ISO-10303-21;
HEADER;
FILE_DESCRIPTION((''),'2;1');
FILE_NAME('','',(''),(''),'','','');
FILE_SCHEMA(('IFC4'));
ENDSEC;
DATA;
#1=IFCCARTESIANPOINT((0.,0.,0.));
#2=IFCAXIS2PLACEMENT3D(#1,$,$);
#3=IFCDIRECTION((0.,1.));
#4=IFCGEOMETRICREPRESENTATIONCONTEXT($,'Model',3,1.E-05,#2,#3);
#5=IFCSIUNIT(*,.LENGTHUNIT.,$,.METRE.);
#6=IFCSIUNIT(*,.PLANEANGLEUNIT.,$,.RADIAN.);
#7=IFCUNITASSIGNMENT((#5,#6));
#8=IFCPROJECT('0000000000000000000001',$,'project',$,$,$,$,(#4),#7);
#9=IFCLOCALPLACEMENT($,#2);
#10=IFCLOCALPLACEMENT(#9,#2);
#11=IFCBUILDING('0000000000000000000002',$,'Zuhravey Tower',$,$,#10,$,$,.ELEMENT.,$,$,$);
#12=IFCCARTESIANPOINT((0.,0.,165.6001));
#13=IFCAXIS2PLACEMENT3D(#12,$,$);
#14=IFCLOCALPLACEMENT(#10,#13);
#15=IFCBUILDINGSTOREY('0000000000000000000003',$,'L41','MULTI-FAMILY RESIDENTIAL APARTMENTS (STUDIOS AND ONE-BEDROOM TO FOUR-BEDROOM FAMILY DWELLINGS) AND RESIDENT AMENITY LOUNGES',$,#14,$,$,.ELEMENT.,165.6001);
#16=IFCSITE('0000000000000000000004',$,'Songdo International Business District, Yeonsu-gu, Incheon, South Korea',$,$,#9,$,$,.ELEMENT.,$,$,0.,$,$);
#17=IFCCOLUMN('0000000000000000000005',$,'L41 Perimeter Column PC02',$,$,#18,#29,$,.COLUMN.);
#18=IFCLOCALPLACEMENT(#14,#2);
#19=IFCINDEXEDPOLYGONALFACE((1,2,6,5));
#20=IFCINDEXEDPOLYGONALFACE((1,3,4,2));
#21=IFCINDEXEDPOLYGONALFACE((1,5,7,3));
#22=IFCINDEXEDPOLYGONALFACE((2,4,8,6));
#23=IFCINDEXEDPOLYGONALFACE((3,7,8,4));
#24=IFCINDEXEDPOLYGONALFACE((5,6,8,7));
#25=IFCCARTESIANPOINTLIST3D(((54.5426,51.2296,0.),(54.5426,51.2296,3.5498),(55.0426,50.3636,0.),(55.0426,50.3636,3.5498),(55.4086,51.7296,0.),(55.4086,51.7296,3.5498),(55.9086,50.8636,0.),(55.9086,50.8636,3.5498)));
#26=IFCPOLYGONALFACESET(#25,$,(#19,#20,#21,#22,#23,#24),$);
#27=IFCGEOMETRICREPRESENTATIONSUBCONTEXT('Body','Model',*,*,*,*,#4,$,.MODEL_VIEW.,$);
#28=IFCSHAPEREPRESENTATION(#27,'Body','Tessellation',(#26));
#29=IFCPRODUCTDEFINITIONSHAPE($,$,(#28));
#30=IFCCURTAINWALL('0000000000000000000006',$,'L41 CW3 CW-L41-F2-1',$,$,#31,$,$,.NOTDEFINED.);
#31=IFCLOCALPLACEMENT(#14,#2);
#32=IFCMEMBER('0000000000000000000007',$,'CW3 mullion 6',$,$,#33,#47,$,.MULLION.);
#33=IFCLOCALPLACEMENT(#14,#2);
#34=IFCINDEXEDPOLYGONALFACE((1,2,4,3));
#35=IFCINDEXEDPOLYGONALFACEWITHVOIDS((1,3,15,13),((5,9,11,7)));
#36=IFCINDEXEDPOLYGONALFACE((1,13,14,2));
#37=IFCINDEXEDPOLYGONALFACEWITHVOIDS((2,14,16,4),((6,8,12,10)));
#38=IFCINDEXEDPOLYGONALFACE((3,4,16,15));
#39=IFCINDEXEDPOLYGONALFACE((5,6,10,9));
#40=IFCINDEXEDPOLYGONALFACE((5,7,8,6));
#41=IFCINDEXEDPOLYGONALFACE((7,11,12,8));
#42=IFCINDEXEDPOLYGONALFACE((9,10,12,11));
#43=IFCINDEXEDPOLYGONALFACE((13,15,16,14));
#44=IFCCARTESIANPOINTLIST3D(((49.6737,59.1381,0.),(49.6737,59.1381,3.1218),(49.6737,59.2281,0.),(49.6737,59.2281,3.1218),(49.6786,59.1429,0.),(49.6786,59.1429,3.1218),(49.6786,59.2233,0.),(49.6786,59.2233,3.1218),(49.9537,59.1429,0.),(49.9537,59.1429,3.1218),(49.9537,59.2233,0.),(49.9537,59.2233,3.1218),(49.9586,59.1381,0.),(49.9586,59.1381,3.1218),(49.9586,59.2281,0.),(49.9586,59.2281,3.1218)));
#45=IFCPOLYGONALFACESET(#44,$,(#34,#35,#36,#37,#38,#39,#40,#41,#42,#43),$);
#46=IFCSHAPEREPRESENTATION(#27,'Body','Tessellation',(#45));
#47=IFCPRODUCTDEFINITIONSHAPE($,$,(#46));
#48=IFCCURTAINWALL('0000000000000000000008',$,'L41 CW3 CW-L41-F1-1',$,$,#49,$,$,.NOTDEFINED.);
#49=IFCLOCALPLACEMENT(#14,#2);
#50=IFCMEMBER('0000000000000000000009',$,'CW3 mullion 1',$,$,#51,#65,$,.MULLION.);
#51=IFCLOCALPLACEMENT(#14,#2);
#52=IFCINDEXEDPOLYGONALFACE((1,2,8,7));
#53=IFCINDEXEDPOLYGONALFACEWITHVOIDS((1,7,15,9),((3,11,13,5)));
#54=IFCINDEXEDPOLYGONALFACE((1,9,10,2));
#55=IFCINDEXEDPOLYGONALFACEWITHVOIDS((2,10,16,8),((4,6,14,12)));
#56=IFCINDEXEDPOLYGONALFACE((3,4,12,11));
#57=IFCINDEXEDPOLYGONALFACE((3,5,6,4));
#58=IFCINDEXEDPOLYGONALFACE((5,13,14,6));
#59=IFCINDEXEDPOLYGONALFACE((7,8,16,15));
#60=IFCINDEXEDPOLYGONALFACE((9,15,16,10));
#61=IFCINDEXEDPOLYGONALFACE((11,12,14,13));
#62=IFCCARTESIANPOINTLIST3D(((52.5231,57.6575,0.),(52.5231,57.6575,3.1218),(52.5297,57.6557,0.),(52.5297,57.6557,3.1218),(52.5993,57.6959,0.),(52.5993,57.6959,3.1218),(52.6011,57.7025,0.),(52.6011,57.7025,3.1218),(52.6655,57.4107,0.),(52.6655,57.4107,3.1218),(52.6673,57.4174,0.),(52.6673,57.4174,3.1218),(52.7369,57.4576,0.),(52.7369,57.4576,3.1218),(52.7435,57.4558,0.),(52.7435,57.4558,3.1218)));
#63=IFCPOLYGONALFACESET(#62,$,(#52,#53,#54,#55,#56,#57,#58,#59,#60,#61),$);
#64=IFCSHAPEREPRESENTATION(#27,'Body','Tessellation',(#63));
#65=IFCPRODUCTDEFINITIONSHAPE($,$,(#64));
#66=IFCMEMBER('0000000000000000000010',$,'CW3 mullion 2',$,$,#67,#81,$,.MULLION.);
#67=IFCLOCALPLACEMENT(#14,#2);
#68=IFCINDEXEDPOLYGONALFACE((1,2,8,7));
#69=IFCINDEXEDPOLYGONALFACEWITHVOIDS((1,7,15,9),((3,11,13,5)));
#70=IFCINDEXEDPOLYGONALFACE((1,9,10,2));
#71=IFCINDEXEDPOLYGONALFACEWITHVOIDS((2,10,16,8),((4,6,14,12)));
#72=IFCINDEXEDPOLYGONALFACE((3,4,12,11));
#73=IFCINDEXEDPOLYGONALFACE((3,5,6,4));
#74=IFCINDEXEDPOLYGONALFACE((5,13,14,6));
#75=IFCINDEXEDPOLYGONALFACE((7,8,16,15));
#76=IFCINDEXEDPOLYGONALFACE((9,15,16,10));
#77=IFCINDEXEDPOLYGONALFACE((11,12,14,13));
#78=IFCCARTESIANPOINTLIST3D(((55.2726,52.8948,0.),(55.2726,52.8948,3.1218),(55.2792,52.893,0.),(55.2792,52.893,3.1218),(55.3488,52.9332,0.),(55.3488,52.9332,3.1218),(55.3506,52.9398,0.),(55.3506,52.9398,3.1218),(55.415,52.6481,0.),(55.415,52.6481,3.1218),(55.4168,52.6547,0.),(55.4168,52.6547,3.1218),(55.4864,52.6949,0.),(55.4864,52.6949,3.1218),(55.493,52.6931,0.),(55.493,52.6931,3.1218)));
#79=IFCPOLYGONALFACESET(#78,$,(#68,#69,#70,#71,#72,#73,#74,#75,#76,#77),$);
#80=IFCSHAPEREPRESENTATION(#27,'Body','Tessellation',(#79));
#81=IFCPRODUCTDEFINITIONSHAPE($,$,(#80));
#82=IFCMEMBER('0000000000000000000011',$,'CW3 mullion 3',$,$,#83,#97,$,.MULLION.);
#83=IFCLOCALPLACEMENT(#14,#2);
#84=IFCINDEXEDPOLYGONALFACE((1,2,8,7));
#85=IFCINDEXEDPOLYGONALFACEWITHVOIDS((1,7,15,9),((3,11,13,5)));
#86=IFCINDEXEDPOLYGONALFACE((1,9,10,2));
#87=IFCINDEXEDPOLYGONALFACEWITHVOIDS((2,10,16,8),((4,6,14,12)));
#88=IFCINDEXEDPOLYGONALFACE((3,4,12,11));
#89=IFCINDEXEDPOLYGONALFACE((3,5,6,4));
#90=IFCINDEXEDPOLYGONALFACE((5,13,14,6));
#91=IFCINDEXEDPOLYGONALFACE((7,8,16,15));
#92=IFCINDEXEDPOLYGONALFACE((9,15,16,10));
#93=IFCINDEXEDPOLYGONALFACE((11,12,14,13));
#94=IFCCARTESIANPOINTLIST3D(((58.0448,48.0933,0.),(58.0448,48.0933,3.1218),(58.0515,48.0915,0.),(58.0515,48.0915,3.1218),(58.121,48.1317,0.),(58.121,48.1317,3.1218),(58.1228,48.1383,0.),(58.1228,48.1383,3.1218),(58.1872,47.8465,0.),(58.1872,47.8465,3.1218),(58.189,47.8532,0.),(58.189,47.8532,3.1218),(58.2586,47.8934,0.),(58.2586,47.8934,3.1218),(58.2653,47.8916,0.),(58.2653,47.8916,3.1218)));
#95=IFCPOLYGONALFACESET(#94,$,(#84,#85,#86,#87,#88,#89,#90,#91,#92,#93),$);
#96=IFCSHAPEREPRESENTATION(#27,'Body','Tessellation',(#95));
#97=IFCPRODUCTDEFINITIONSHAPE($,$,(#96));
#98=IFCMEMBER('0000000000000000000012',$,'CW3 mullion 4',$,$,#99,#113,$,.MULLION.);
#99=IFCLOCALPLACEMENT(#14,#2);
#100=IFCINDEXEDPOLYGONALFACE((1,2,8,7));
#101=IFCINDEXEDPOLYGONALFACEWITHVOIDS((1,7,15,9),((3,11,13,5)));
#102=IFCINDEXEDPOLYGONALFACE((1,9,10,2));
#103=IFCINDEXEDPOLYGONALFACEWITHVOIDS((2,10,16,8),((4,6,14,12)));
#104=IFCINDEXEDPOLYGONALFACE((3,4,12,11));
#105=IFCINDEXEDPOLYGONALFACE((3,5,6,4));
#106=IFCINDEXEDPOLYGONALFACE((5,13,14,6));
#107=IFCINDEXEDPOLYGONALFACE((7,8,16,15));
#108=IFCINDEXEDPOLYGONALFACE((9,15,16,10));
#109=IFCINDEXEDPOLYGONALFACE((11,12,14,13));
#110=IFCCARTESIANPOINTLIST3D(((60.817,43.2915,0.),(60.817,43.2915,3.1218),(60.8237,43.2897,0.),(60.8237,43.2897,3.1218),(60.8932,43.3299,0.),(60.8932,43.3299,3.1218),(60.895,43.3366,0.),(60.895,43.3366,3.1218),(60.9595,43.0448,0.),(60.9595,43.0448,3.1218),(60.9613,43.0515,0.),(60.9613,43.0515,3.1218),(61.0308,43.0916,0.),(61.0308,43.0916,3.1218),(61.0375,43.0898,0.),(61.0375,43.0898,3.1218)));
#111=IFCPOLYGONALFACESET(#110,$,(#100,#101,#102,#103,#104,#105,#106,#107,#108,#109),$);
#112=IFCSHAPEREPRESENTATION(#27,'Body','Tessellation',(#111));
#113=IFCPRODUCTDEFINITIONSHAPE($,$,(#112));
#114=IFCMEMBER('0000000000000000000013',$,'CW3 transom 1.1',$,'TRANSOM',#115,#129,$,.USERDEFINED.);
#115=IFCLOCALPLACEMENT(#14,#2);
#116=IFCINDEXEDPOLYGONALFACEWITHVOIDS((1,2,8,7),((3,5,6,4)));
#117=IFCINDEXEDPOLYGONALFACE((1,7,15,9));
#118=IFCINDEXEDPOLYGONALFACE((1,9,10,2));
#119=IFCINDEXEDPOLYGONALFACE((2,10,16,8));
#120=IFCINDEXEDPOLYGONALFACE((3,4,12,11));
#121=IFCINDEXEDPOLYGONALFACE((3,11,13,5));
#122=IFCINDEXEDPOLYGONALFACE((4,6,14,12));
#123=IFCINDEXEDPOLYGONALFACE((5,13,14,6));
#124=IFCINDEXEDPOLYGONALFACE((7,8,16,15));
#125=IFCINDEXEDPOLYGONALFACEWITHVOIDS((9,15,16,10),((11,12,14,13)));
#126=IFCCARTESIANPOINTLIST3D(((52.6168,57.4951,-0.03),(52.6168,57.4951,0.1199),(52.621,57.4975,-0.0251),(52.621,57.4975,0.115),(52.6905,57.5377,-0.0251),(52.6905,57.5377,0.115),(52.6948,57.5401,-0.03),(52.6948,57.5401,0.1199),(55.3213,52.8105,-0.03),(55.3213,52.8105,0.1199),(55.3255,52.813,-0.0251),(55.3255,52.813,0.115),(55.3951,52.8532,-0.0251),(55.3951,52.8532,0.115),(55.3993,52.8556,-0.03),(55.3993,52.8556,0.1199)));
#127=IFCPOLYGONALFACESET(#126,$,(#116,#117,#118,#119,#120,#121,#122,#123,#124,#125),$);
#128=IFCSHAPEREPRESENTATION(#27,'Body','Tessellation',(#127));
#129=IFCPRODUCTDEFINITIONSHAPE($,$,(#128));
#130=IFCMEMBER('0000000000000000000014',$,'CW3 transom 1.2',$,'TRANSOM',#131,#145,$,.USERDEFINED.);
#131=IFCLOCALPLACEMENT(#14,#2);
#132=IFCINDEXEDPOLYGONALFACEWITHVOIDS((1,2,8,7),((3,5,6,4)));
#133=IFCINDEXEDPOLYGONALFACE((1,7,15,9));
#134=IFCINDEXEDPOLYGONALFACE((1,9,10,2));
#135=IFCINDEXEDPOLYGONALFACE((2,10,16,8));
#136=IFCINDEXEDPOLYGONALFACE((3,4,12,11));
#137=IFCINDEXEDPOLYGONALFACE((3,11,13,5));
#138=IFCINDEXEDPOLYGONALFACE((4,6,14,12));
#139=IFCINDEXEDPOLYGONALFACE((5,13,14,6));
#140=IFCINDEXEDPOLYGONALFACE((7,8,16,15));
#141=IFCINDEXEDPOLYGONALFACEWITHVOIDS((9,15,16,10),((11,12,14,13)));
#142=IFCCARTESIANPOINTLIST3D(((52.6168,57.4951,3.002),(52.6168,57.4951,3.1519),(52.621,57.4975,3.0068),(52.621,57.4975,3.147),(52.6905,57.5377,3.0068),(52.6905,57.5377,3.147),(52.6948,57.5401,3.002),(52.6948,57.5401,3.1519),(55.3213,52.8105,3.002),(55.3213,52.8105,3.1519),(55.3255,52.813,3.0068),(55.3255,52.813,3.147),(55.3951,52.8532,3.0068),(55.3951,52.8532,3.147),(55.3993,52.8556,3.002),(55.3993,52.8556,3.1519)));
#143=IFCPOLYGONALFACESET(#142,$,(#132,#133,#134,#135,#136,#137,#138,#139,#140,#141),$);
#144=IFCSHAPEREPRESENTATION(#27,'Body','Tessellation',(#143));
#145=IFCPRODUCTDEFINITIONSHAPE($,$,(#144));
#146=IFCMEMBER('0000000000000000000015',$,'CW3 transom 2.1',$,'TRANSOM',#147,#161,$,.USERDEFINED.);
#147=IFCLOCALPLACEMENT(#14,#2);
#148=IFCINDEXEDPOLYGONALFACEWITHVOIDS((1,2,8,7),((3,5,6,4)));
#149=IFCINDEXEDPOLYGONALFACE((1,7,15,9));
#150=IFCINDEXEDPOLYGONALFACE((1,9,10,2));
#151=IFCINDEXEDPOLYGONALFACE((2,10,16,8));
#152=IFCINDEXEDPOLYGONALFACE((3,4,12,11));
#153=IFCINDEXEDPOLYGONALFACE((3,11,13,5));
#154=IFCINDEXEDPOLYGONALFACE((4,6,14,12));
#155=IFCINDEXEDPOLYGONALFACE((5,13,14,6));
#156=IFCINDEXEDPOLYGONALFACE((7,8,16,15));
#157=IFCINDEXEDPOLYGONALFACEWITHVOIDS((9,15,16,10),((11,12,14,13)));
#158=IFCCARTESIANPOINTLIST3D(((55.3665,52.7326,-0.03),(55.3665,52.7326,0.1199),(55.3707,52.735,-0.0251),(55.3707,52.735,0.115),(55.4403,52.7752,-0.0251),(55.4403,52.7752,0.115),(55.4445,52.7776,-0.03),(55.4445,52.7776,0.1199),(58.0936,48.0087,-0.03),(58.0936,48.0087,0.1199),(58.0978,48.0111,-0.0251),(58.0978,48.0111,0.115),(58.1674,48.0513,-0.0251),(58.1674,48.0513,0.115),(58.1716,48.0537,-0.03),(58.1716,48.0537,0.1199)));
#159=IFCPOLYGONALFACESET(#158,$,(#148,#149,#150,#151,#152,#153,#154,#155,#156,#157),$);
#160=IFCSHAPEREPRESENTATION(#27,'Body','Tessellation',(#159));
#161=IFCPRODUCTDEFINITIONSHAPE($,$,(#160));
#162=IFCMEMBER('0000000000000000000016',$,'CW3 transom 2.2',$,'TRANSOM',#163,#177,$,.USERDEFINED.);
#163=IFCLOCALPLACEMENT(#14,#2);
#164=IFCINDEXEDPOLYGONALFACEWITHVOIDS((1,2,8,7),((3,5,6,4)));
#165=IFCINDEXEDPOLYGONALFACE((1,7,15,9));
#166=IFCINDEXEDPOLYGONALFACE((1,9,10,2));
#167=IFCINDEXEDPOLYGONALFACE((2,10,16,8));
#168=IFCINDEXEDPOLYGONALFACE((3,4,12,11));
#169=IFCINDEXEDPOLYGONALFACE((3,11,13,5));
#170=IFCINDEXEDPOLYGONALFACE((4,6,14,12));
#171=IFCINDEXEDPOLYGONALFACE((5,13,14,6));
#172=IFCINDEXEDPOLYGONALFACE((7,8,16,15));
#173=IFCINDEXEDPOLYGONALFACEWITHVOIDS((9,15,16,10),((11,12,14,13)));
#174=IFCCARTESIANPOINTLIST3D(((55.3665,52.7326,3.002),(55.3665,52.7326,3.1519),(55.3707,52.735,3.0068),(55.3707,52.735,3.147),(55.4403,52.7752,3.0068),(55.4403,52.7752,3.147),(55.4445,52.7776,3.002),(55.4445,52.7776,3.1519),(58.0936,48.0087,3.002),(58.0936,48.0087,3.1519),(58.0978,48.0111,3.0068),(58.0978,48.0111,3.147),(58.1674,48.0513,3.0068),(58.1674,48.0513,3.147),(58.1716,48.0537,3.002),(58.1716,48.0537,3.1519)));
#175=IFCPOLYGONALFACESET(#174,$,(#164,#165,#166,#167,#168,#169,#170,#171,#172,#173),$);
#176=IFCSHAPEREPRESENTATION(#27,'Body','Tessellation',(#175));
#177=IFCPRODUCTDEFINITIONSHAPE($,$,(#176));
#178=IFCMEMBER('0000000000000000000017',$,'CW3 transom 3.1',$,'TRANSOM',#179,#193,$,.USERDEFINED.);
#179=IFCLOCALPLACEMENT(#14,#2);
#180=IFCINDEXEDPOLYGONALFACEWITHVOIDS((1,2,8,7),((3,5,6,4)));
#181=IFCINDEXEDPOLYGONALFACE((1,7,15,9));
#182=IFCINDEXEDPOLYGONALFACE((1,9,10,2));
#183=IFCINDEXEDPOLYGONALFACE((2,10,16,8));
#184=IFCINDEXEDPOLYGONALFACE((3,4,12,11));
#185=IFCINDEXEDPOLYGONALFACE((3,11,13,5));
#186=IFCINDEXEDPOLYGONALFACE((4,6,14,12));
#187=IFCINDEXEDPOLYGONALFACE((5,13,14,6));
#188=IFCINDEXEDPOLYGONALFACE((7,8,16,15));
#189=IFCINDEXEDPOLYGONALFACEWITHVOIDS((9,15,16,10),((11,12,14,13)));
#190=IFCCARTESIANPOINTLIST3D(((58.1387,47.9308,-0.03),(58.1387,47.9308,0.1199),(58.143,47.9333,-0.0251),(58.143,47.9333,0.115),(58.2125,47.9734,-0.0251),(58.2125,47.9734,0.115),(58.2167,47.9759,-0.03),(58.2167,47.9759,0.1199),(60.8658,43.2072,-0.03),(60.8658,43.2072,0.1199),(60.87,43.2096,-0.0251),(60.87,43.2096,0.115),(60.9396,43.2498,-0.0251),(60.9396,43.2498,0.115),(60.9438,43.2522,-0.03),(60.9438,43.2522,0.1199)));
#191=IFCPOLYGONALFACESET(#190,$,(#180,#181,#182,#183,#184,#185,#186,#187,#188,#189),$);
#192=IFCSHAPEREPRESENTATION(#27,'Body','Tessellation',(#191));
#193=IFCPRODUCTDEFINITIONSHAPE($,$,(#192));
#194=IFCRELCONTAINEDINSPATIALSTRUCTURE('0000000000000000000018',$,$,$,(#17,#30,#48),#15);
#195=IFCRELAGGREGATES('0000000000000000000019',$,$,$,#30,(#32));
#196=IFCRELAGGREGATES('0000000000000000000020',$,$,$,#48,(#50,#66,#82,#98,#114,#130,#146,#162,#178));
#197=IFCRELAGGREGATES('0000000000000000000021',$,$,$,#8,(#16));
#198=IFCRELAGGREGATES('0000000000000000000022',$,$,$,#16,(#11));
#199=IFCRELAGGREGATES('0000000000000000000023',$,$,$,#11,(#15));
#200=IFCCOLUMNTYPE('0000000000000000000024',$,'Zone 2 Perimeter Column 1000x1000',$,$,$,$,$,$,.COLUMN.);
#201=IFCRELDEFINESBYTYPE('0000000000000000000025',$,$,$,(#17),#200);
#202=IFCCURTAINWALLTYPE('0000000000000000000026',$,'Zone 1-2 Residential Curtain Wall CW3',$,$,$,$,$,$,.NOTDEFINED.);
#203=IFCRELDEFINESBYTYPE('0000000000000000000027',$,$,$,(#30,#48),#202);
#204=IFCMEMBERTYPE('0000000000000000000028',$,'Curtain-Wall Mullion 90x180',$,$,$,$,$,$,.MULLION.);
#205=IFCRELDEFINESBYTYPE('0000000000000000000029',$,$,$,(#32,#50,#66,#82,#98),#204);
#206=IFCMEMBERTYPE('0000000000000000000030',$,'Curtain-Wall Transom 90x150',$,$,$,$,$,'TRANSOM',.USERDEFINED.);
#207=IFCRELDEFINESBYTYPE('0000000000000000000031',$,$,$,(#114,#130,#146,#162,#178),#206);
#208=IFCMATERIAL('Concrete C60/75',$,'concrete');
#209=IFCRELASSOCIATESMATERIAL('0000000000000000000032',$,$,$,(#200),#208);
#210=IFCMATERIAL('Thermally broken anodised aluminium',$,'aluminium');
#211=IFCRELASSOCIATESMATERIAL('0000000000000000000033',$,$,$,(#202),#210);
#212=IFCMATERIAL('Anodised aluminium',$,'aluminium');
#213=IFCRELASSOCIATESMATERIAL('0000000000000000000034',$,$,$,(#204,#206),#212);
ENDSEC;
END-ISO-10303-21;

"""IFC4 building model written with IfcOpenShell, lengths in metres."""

from ifc_helpers import new_model, si_unit, direction, frame, origin, origin_2d, place, context, subcontext, project, spatial, rectangle, hollow_rectangle, extrude, material, material_profile, profile_set, type_object, element, aggregate, save


model = new_model("IFC4")

# Units and contexts
model_context = context("Model", 3, precision=1e-05, world=origin(), true_north=direction((0.0, 1.0)))
body_context = subcontext(model_context, "Body", "Model", "MODEL_VIEW")
ifc_project = project(units=[si_unit("LENGTHUNIT", "METRE"), si_unit("PLANEANGLEUNIT", "RADIAN")], contexts=[model_context])

# Site, building, storey
site_placement = place(None, origin())
site = spatial("IfcSite", under=ifc_project, at=site_placement, Name="Songdo International Business District, Yeonsu-gu, Incheon, South Korea", CompositionType="ELEMENT", RefElevation=0.0)
building_placement = place(site_placement, origin())
building = spatial("IfcBuilding", under=site, at=building_placement, Name="Zuhravey Tower", CompositionType="ELEMENT")
storey_placement = place(building_placement, frame((0.0, 0.0, 165.6001)))
storey = spatial("IfcBuildingStorey", under=building, at=storey_placement, Name="L41", Description="MULTI-FAMILY RESIDENTIAL APARTMENTS (STUDIOS AND ONE-BEDROOM TO FOUR-BEDROOM FAMILY DWELLINGS) AND RESIDENT AMENITY LOUNGES", CompositionType="ELEMENT", Elevation=165.6001)

# Column
ifc_material_1 = material(Name="Concrete C60/75", Category="concrete")
ifc_material_profile_1 = material_profile(ifc_material_1, rectangle(XDim=1.0, YDim=1.0, at=origin_2d()), Name="RC-1000x1000")
ifc_profile_set_1 = profile_set([ifc_material_profile_1], Name="Concrete C60/75")
column_type = type_object("IfcColumnType", Name="Zone 2 Perimeter Column 1000x1000", PredefinedType="COLUMN", material=ifc_profile_set_1)
column_placement = place(storey_placement, frame((55.2256, 51.0466, 0.0), z_axis=(0.0, 0.0, 1.0), x_axis=(-0.5, 0.866025, 0.0)))
element("IfcColumn", 1, at=column_placement, inside=storey, type_object=column_type, Name="L41 Perimeter Column PC02", PredefinedType="COLUMN", context=body_context, shape_type="SweptSolid", body=[
    extrude(rectangle(XDim=1.0, YDim=1.0, at=origin_2d()), origin(), (0.0, 0.0, 1.0), 3.5498),
])

# Curtain wall, member
ifc_material_2 = material(Name="Thermally broken anodised aluminium", Category="aluminium")
curtain_wall_type = type_object("IfcCurtainWallType", Name="Zone 1-2 Residential Curtain Wall CW3", PredefinedType="NOTDEFINED", material=ifc_material_2)
curtain_wall_1_placement = place(storey_placement, origin())
curtain_wall_1 = element("IfcCurtainWall", 2, at=curtain_wall_1_placement, inside=storey, type_object=curtain_wall_type, Name="L41 CW3 CW-L41-F2-1", PredefinedType="NOTDEFINED")
ifc_material_3 = material(Name="Anodised aluminium", Category="aluminium")
ifc_material_profile_2 = material_profile(ifc_material_3, hollow_rectangle(XDim=0.0901, YDim=0.2849, WallThickness=0.0049, at=origin_2d()), Name="ALU-RHS-90x285x5")
ifc_profile_set_2 = profile_set([ifc_material_profile_2], Name="Anodised aluminium")
member_type_1 = type_object("IfcMemberType", Name="Curtain-Wall Mullion 90x180", PredefinedType="MULLION", material=ifc_profile_set_2)
member_1_placement = place(storey_placement, frame((49.8162, 59.1831, 0.0), z_axis=(0.0, 0.0, 1.0), x_axis=(0.0, 1.0, 0.0)))
member_1 = element("IfcMember", 3, at=member_1_placement, type_object=member_type_1, Name="CW3 mullion 6", PredefinedType="MULLION", context=body_context, shape_type="SweptSolid", body=[
    extrude(hollow_rectangle(XDim=0.0901, YDim=0.2849, WallThickness=0.0049, at=origin_2d()), origin(), (0.0, 0.0, 1.0), 3.1218),
])
aggregate(curtain_wall_1, [member_1])

# Curtain wall, members
curtain_wall_2_placement = place(storey_placement, origin())
curtain_wall_2 = element("IfcCurtainWall", 4, at=curtain_wall_2_placement, inside=storey, type_object=curtain_wall_type, Name="L41 CW3 CW-L41-F1-1", PredefinedType="NOTDEFINED")
member_2_placement = place(storey_placement, frame((52.6333, 57.5566, 0.0), z_axis=(0.0, 0.0, 1.0), x_axis=(0.866025, 0.5, 0.0)))
member_2 = element("IfcMember", 5, at=member_2_placement, type_object=member_type_1, Name="CW3 mullion 1", PredefinedType="MULLION", context=body_context, shape_type="SweptSolid", body=[
    extrude(hollow_rectangle(XDim=0.0901, YDim=0.2849, WallThickness=0.0049, at=origin_2d()), origin(), (0.0, 0.0, 1.0), 3.1218),
])
member_3_placement = place(storey_placement, frame((55.3828, 52.7939, 0.0), z_axis=(0.0, 0.0, 1.0), x_axis=(0.866025, 0.5, 0.0)))
member_3 = element("IfcMember", 6, at=member_3_placement, type_object=member_type_1, Name="CW3 mullion 2", PredefinedType="MULLION", context=body_context, shape_type="SweptSolid", body=[
    extrude(hollow_rectangle(XDim=0.0901, YDim=0.2849, WallThickness=0.0049, at=origin_2d()), origin(), (0.0, 0.0, 1.0), 3.1218),
])
member_4_placement = place(storey_placement, frame((58.155, 47.9924, 0.0), z_axis=(0.0, 0.0, 1.0), x_axis=(0.866025, 0.5, 0.0)))
member_4 = element("IfcMember", 7, at=member_4_placement, type_object=member_type_1, Name="CW3 mullion 3", PredefinedType="MULLION", context=body_context, shape_type="SweptSolid", body=[
    extrude(hollow_rectangle(XDim=0.0901, YDim=0.2849, WallThickness=0.0049, at=origin_2d()), origin(), (0.0, 0.0, 1.0), 3.1218),
])
member_5_placement = place(storey_placement, frame((60.9272, 43.1907, 0.0), z_axis=(0.0, 0.0, 1.0), x_axis=(0.866025, 0.5, 0.0)))
member_5 = element("IfcMember", 8, at=member_5_placement, type_object=member_type_1, Name="CW3 mullion 4", PredefinedType="MULLION", context=body_context, shape_type="SweptSolid", body=[
    extrude(hollow_rectangle(XDim=0.0901, YDim=0.2849, WallThickness=0.0049, at=origin_2d()), origin(), (0.0, 0.0, 1.0), 3.1218),
])
ifc_material_profile_3 = material_profile(ifc_material_3, hollow_rectangle(XDim=0.0901, YDim=0.1499, WallThickness=0.0049, at=origin_2d()), Name="ALU-RHS-90x150x5")
ifc_profile_set_3 = profile_set([ifc_material_profile_3], Name="Anodised aluminium")
member_type_2 = type_object("IfcMemberType", Name="Curtain-Wall Transom 90x150", ElementType="TRANSOM", PredefinedType="USERDEFINED", material=ifc_profile_set_3)
member_6_placement = place(storey_placement, frame((52.6558, 57.5176, 0.0449), z_axis=(0.499993, -0.866029, 0.0), x_axis=(0.866029, 0.499993, 0.0)))
member_6 = element("IfcMember", 9, at=member_6_placement, type_object=member_type_2, Name="CW3 transom 1.1", ObjectType="TRANSOM", PredefinedType="USERDEFINED", context=body_context, shape_type="SweptSolid", body=[
    extrude(hollow_rectangle(XDim=0.0901, YDim=0.1499, WallThickness=0.0049, at=origin_2d()), origin(), (0.0, 0.0, 1.0), 5.4092),
])
member_7_placement = place(storey_placement, frame((52.6558, 57.5176, 3.0769), z_axis=(0.499993, -0.866029, 0.0), x_axis=(0.866029, 0.499993, 0.0)))
member_7 = element("IfcMember", 10, at=member_7_placement, type_object=member_type_2, Name="CW3 transom 1.2", ObjectType="TRANSOM", PredefinedType="USERDEFINED", context=body_context, shape_type="SweptSolid", body=[
    extrude(hollow_rectangle(XDim=0.0901, YDim=0.1499, WallThickness=0.0049, at=origin_2d()), origin(), (0.0, 0.0, 1.0), 5.4092),
])
member_8_placement = place(storey_placement, frame((55.4055, 52.7551, 0.0449), z_axis=(0.499961, -0.866048, 0.0), x_axis=(0.866048, 0.499961, 0.0)))
member_8 = element("IfcMember", 11, at=member_8_placement, type_object=member_type_2, Name="CW3 transom 2.1", ObjectType="TRANSOM", PredefinedType="USERDEFINED", context=body_context, shape_type="SweptSolid", body=[
    extrude(hollow_rectangle(XDim=0.0901, YDim=0.1499, WallThickness=0.0049, at=origin_2d()), origin(), (0.0, 0.0, 1.0), 5.4546),
])
member_9_placement = place(storey_placement, frame((55.4055, 52.7551, 3.0769), z_axis=(0.499961, -0.866048, 0.0), x_axis=(0.866048, 0.499961, 0.0)))
member_9 = element("IfcMember", 12, at=member_9_placement, type_object=member_type_2, Name="CW3 transom 2.2", ObjectType="TRANSOM", PredefinedType="USERDEFINED", context=body_context, shape_type="SweptSolid", body=[
    extrude(hollow_rectangle(XDim=0.0901, YDim=0.1499, WallThickness=0.0049, at=origin_2d()), origin(), (0.0, 0.0, 1.0), 5.4546),
])
member_10_placement = place(storey_placement, frame((58.1777, 47.9534, 0.0449), z_axis=(0.499981, -0.866037, 0.0), x_axis=(0.866037, 0.499981, 0.0)))
member_10 = element("IfcMember", 13, at=member_10_placement, type_object=member_type_2, Name="CW3 transom 3.1", ObjectType="TRANSOM", PredefinedType="USERDEFINED", context=body_context, shape_type="SweptSolid", body=[
    extrude(hollow_rectangle(XDim=0.0901, YDim=0.1499, WallThickness=0.0049, at=origin_2d()), origin(), (0.0, 0.0, 1.0), 5.4543),
])

aggregate(curtain_wall_2, [member_2, member_3, member_4, member_5, member_6, member_7, member_8, member_9, member_10])

save(model, "model.ifc")
